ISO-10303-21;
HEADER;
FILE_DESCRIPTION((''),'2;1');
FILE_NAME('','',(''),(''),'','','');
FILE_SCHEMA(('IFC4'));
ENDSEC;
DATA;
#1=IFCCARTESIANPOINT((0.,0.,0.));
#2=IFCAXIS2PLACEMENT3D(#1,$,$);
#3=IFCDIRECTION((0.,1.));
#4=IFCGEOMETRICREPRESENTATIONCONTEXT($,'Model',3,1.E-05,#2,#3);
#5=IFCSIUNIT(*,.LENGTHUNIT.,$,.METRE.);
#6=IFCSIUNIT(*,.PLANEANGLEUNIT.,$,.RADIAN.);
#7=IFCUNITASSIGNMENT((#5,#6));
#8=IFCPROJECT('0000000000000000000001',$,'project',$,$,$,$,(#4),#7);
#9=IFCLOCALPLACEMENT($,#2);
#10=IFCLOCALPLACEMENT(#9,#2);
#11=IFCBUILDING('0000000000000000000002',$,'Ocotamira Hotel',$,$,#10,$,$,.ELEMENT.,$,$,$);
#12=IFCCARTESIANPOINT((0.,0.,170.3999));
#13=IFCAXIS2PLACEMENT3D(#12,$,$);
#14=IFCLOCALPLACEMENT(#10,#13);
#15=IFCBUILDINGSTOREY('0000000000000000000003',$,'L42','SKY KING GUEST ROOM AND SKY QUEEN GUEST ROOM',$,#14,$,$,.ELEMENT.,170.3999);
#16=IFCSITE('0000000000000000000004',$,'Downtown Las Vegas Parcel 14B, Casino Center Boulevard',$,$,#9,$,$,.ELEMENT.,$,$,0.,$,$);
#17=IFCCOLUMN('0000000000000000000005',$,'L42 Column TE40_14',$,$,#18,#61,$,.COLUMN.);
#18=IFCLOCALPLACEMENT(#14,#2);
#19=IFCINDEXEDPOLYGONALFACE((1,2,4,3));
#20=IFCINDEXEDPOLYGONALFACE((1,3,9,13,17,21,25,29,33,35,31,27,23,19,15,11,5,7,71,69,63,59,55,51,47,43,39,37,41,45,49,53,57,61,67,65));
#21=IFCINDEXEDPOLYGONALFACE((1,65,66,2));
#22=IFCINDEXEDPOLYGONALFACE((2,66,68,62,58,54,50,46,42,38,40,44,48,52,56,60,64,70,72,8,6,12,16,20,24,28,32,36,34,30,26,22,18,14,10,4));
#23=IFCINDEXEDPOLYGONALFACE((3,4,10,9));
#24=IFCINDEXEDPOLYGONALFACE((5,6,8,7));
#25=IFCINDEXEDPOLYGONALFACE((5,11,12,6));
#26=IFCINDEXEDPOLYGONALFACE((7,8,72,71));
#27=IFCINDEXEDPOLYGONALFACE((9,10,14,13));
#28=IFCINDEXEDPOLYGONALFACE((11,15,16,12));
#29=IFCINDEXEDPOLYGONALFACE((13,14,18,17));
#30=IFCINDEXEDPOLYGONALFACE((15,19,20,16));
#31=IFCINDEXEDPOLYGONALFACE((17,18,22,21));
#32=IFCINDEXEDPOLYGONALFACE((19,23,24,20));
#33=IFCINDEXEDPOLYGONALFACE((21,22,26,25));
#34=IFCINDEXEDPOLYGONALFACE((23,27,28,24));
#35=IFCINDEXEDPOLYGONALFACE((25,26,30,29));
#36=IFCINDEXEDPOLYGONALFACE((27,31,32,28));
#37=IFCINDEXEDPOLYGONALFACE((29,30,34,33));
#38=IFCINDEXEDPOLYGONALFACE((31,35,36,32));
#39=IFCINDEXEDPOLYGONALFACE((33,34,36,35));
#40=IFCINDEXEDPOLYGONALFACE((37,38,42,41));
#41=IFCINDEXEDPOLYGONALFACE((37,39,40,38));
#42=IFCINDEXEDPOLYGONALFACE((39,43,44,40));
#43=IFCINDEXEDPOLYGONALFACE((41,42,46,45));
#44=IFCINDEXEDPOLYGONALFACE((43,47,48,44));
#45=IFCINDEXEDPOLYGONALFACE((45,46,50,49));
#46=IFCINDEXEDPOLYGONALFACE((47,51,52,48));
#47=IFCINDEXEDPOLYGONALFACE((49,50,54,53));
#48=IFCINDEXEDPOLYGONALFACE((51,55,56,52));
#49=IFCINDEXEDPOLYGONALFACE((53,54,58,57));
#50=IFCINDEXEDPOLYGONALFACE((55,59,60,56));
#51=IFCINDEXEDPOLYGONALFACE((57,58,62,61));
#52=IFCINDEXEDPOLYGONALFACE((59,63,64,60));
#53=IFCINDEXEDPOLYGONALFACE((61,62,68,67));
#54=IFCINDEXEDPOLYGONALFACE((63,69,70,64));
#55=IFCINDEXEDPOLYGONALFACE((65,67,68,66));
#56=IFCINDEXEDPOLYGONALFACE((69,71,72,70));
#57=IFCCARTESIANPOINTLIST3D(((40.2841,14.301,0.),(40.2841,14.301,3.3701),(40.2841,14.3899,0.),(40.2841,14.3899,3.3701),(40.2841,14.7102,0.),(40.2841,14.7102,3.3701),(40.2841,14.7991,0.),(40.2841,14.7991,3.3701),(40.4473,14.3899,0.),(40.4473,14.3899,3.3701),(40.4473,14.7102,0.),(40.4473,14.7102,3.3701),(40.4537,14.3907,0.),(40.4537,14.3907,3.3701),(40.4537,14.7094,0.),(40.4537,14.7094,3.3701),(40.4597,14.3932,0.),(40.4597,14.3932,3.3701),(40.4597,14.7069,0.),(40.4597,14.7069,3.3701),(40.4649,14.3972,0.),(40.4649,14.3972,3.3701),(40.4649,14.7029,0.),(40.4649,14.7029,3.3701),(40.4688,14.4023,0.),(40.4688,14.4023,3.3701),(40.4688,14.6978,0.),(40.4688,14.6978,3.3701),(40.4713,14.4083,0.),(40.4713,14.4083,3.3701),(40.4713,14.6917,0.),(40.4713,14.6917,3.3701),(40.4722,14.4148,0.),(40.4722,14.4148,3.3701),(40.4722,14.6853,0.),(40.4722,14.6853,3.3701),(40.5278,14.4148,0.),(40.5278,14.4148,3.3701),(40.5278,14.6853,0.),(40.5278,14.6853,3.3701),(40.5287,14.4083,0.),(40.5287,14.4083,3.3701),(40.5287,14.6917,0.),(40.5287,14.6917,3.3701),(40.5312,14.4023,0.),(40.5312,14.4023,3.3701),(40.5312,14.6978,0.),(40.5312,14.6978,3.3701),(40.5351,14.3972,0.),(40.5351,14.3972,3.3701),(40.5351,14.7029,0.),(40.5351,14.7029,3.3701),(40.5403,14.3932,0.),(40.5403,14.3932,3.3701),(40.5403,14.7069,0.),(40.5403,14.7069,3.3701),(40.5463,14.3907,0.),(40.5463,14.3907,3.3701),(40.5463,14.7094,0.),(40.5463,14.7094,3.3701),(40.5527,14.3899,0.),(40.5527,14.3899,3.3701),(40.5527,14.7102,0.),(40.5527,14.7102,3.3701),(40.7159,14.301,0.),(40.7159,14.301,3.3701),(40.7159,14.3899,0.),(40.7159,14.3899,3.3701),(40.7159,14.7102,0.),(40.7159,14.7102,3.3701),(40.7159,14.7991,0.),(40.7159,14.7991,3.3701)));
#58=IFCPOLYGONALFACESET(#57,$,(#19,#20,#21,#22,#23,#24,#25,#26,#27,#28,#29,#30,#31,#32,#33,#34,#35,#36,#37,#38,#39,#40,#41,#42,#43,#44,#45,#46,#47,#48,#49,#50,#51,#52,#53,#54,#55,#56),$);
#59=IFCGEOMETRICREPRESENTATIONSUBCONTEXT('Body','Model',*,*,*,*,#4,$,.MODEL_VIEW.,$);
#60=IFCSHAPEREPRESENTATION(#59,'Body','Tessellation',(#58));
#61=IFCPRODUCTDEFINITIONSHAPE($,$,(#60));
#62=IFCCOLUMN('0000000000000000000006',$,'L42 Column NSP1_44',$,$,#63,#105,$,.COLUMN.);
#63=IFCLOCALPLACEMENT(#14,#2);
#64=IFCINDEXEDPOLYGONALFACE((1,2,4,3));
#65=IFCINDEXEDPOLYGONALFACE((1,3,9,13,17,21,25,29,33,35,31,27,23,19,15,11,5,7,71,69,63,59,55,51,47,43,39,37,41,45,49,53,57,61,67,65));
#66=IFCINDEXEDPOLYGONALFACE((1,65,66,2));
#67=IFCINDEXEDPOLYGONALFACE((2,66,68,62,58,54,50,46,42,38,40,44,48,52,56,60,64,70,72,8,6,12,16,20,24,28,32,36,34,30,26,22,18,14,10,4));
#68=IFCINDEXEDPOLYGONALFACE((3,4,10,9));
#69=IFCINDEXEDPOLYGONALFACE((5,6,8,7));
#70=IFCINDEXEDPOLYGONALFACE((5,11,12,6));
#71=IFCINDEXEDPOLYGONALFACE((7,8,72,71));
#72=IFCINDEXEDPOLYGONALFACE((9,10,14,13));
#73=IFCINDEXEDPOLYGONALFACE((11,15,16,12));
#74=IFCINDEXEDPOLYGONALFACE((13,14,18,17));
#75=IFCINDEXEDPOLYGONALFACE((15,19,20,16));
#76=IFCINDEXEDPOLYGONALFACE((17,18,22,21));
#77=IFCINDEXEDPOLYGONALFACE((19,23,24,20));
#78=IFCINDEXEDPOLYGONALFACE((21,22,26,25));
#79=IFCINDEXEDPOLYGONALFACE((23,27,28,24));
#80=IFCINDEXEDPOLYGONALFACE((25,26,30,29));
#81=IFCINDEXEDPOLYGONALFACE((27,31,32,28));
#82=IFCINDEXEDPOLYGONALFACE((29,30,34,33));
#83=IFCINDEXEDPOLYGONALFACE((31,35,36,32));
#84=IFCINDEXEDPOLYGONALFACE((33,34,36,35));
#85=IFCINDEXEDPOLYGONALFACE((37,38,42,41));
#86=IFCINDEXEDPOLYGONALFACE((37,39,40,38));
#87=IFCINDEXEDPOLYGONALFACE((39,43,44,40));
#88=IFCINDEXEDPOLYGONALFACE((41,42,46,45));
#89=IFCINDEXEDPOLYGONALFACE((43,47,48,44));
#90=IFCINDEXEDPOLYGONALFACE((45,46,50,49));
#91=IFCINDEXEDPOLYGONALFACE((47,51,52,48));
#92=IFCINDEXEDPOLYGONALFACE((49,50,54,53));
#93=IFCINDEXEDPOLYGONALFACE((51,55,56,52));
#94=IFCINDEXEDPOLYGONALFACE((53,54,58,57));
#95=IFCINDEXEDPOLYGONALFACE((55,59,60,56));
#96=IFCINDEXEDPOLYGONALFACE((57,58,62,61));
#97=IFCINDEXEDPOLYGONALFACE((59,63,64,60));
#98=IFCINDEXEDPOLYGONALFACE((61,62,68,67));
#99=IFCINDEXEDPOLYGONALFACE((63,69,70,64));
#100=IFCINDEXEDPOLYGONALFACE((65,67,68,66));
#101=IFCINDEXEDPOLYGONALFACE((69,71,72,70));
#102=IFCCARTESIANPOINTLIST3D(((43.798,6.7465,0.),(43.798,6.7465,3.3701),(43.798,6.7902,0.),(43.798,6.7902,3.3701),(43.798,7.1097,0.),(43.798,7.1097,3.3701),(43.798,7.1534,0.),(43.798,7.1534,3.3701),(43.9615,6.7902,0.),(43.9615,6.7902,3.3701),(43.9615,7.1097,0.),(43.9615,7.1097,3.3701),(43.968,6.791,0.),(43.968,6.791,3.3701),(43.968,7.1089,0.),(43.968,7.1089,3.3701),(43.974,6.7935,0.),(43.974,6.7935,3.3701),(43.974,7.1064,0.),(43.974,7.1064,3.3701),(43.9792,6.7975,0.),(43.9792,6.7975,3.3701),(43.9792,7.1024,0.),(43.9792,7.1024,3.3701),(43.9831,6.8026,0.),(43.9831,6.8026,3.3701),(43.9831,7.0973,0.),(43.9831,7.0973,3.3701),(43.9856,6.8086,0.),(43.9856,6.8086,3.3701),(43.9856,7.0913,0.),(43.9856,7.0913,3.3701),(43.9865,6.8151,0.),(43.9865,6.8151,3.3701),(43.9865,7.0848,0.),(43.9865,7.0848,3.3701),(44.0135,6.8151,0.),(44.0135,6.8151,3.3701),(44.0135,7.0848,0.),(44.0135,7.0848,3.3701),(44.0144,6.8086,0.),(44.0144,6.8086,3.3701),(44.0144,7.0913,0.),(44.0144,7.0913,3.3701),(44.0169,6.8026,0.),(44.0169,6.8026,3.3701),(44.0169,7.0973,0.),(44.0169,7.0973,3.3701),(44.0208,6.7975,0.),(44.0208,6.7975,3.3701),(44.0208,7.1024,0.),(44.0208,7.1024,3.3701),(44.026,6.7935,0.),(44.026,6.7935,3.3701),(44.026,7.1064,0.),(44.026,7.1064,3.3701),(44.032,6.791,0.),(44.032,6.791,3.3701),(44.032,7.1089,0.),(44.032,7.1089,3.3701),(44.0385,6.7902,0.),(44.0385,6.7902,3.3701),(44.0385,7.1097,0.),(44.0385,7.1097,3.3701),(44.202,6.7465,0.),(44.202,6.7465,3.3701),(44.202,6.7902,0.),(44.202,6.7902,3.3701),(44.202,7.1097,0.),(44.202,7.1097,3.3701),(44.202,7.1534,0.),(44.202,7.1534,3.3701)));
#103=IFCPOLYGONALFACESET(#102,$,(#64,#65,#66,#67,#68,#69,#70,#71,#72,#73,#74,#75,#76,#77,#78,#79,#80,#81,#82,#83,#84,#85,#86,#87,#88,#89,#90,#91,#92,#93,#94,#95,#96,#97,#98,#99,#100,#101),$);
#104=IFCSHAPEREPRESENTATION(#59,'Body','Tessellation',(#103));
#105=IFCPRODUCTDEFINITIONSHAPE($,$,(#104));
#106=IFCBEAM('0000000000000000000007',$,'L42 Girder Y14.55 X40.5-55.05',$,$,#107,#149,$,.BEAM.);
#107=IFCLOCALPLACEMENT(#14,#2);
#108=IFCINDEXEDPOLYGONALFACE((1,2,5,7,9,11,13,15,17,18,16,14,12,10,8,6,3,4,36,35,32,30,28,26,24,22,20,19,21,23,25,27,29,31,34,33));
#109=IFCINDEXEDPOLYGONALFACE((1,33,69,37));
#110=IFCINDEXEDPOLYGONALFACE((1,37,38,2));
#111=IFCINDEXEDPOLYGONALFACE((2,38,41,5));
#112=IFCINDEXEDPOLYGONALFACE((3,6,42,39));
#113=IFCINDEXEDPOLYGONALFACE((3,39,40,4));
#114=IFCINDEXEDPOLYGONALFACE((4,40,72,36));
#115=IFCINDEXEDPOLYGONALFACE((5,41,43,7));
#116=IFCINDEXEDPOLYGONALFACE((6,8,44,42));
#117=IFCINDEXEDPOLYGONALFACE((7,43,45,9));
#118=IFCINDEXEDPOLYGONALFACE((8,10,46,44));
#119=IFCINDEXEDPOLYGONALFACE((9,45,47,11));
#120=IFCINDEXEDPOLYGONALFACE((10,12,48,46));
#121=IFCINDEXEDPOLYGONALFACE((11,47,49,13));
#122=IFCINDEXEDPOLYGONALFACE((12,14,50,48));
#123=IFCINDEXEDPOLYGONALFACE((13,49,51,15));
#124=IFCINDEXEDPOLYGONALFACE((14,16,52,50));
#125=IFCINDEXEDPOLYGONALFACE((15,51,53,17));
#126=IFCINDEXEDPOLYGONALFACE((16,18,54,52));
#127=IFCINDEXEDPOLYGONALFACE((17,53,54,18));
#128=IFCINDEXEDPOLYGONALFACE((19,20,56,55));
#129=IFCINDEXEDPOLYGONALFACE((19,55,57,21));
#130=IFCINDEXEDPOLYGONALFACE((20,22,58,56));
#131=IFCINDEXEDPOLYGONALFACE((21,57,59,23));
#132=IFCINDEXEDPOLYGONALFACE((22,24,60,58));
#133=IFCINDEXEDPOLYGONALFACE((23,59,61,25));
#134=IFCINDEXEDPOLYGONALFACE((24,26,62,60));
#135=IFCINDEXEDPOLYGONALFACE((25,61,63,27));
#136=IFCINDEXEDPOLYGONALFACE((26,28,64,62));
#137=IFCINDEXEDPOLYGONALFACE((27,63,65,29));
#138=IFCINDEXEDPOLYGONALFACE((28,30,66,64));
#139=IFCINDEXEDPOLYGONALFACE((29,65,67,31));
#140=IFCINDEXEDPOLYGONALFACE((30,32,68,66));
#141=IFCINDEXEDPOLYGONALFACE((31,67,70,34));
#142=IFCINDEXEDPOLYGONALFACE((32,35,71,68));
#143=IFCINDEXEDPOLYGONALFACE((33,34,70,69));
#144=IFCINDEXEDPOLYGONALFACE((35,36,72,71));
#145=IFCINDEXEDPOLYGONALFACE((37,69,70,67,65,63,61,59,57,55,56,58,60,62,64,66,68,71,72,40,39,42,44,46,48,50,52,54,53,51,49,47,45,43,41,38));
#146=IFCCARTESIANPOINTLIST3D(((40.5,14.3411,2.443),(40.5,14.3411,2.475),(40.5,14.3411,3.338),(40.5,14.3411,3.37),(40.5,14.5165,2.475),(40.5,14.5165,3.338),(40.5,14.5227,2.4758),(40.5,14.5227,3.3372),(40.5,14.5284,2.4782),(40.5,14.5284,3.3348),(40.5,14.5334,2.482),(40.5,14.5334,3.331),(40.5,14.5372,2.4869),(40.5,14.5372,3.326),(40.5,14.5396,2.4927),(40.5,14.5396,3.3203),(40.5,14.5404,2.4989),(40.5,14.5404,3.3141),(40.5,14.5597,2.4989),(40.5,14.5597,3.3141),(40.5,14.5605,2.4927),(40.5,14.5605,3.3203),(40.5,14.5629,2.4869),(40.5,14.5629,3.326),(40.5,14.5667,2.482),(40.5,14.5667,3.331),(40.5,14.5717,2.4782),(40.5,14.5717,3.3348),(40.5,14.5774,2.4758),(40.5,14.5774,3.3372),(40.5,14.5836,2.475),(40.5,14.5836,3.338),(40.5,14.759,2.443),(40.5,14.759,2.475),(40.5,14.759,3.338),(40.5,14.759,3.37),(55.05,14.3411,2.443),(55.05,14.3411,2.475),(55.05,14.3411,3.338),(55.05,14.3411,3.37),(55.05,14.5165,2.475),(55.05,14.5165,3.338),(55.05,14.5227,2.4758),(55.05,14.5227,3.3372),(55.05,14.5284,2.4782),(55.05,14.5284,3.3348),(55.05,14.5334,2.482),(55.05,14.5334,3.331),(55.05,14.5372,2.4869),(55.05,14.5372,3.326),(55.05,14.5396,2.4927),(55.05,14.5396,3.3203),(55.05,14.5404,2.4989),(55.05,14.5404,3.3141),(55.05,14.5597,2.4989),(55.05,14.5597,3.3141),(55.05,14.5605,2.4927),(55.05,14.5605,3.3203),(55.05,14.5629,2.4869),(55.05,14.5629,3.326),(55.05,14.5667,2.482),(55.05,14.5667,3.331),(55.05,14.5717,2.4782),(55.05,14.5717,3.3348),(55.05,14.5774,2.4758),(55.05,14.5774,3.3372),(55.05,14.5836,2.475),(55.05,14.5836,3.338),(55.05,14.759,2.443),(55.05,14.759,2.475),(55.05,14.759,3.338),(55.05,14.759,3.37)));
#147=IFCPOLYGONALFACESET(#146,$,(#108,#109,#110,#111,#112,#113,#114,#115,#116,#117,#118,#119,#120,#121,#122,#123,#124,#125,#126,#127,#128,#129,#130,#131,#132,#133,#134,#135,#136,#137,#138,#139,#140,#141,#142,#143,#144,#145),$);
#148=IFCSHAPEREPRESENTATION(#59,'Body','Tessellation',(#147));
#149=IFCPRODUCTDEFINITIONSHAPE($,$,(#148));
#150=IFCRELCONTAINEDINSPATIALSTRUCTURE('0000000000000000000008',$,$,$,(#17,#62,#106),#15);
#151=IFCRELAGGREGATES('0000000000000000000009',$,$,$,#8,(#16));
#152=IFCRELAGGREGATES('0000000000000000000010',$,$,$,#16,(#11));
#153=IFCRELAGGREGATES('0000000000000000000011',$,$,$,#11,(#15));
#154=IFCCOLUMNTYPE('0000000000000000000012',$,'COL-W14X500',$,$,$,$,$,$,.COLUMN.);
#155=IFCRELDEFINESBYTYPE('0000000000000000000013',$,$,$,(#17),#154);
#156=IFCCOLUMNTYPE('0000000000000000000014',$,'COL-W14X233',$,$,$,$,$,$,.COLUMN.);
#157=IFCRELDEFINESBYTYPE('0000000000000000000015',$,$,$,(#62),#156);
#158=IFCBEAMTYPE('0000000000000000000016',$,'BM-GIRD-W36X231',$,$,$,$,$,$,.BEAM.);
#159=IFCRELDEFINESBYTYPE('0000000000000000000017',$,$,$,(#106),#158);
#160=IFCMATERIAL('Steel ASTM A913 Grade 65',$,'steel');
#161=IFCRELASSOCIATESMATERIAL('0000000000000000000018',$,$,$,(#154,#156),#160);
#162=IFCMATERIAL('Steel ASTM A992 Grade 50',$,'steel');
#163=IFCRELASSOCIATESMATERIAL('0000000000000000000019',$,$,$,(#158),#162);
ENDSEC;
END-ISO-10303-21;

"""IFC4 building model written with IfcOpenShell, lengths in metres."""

from ifc_helpers import new_model, si_unit, direction, frame, origin, origin_2d, place, context, subcontext, project, spatial, i_section, extrude, source, transform, mapped, material, material_profile, profile_set, type_object, element, save


model = new_model("IFC4")

# Units and contexts
model_context = context("Model", 3, precision=1e-05, world=origin(), true_north=direction((0.0, 1.0)))
body_context = subcontext(model_context, "Body", "Model", "MODEL_VIEW")
ifc_project = project(units=[si_unit("LENGTHUNIT", "METRE"), si_unit("PLANEANGLEUNIT", "RADIAN")], contexts=[model_context])

# Site, building, storey
site_placement = place(None, origin())
site = spatial("IfcSite", under=ifc_project, at=site_placement, Name="Downtown Las Vegas Parcel 14B, Casino Center Boulevard", CompositionType="ELEMENT", RefElevation=0.0)
building_placement = place(site_placement, origin())
building = spatial("IfcBuilding", under=site, at=building_placement, Name="Ocotamira Hotel", CompositionType="ELEMENT")
storey_placement = place(building_placement, frame((0.0, 0.0, 170.3999)))
storey = spatial("IfcBuildingStorey", under=building, at=storey_placement, Name="L42", Description="SKY KING GUEST ROOM AND SKY QUEEN GUEST ROOM", CompositionType="ELEMENT", Elevation=170.3999)

# Columns
ifc_material_1 = material(Name="Steel ASTM A913 Grade 65", Category="steel")
ifc_material_profile_1 = material_profile(ifc_material_1, i_section(OverallWidth=0.4319, OverallDepth=0.498, WebThickness=0.0557, FlangeThickness=0.0889, FilletRadius=0.0249, at=origin_2d()), Name="W14X500")
ifc_profile_set_1 = profile_set([ifc_material_profile_1], Name="Steel ASTM A913 Grade 65")
column_type_1 = type_object("IfcColumnType", Name="COL-W14X500", PredefinedType="COLUMN", material=ifc_profile_set_1)
shared_shape_1 = source(origin(), body_context, "Body", "SweptSolid", [
    extrude(i_section(OverallWidth=0.4319, OverallDepth=0.498, WebThickness=0.0557, FlangeThickness=0.0889, FilletRadius=0.0249, at=origin_2d()), origin(), (0.0, 0.0, 1.0), 3.3701),
])
column_1_placement = place(storey_placement, frame((40.5, 14.55, 0.0), z_axis=(0.0, 0.0, 1.0), x_axis=(1.0, 0.0, 0.0)))
element("IfcColumn", 1, at=column_1_placement, inside=storey, type_object=column_type_1, Name="L42 Column TE40_14", PredefinedType="COLUMN", context=body_context, shape_type="MappedRepresentation", body=[
    mapped(shared_shape_1, transform((0.0, 0.0, 0.0), scale=1.0)),
])
ifc_material_profile_2 = material_profile(ifc_material_1, i_section(OverallWidth=0.4041, OverallDepth=0.407, WebThickness=0.0271, FlangeThickness=0.0437, FilletRadius=0.0249, at=origin_2d()), Name="W14X233")
ifc_profile_set_2 = profile_set([ifc_material_profile_2], Name="Steel ASTM A913 Grade 65")
column_type_2 = type_object("IfcColumnType", Name="COL-W14X233", PredefinedType="COLUMN", material=ifc_profile_set_2)
shared_shape_2 = source(origin(), body_context, "Body", "SweptSolid", [
    extrude(i_section(OverallWidth=0.4041, OverallDepth=0.407, WebThickness=0.0271, FlangeThickness=0.0437, FilletRadius=0.0249, at=origin_2d()), origin(), (0.0, 0.0, 1.0), 3.3701),
])
column_2_placement = place(storey_placement, frame((44.0, 6.95, 0.0), z_axis=(0.0, 0.0, 1.0), x_axis=(1.0, 0.0, 0.0)))
element("IfcColumn", 2, at=column_2_placement, inside=storey, type_object=column_type_2, Name="L42 Column NSP1_44", PredefinedType="COLUMN", context=body_context, shape_type="MappedRepresentation", body=[
    mapped(shared_shape_2, transform((0.0, 0.0, 0.0), scale=1.0)),
])

# Beam
ifc_material_2 = material(Name="Steel ASTM A992 Grade 50", Category="steel")
ifc_material_profile_3 = material_profile(ifc_material_2, i_section(OverallWidth=0.418, OverallDepth=0.927, WebThickness=0.0193, FlangeThickness=0.032, FilletRadius=0.0239, at=origin_2d()), Name="W36X231")
ifc_profile_set_3 = profile_set([ifc_material_profile_3], Name="Steel ASTM A992 Grade 50")
beam_type_1 = type_object("IfcBeamType", Name="BM-GIRD-W36X231", PredefinedType="BEAM", material=ifc_profile_set_3)
shared_shape_3 = source(origin(), body_context, "Body", "SweptSolid", [
    extrude(i_section(OverallWidth=0.418, OverallDepth=0.927, WebThickness=0.0193, FlangeThickness=0.032, FilletRadius=0.0239, at=origin_2d()), origin(), (0.0, 0.0, 1.0), 14.55),
])
beam_1_placement = place(storey_placement, frame((40.5, 14.55, 2.9065), z_axis=(1.0, 0.0, 0.0), x_axis=(0.0, 1.0, 0.0)))
element("IfcBeam", 3, at=beam_1_placement, inside=storey, type_object=beam_type_1, Name="L42 Girder Y14.55 X40.5-55.05", PredefinedType="BEAM", context=body_context, shape_type="MappedRepresentation", body=[
    mapped(shared_shape_3, transform((0.0, 0.0, 0.0), scale=1.0)),
])

save(model, "model.ifc")
